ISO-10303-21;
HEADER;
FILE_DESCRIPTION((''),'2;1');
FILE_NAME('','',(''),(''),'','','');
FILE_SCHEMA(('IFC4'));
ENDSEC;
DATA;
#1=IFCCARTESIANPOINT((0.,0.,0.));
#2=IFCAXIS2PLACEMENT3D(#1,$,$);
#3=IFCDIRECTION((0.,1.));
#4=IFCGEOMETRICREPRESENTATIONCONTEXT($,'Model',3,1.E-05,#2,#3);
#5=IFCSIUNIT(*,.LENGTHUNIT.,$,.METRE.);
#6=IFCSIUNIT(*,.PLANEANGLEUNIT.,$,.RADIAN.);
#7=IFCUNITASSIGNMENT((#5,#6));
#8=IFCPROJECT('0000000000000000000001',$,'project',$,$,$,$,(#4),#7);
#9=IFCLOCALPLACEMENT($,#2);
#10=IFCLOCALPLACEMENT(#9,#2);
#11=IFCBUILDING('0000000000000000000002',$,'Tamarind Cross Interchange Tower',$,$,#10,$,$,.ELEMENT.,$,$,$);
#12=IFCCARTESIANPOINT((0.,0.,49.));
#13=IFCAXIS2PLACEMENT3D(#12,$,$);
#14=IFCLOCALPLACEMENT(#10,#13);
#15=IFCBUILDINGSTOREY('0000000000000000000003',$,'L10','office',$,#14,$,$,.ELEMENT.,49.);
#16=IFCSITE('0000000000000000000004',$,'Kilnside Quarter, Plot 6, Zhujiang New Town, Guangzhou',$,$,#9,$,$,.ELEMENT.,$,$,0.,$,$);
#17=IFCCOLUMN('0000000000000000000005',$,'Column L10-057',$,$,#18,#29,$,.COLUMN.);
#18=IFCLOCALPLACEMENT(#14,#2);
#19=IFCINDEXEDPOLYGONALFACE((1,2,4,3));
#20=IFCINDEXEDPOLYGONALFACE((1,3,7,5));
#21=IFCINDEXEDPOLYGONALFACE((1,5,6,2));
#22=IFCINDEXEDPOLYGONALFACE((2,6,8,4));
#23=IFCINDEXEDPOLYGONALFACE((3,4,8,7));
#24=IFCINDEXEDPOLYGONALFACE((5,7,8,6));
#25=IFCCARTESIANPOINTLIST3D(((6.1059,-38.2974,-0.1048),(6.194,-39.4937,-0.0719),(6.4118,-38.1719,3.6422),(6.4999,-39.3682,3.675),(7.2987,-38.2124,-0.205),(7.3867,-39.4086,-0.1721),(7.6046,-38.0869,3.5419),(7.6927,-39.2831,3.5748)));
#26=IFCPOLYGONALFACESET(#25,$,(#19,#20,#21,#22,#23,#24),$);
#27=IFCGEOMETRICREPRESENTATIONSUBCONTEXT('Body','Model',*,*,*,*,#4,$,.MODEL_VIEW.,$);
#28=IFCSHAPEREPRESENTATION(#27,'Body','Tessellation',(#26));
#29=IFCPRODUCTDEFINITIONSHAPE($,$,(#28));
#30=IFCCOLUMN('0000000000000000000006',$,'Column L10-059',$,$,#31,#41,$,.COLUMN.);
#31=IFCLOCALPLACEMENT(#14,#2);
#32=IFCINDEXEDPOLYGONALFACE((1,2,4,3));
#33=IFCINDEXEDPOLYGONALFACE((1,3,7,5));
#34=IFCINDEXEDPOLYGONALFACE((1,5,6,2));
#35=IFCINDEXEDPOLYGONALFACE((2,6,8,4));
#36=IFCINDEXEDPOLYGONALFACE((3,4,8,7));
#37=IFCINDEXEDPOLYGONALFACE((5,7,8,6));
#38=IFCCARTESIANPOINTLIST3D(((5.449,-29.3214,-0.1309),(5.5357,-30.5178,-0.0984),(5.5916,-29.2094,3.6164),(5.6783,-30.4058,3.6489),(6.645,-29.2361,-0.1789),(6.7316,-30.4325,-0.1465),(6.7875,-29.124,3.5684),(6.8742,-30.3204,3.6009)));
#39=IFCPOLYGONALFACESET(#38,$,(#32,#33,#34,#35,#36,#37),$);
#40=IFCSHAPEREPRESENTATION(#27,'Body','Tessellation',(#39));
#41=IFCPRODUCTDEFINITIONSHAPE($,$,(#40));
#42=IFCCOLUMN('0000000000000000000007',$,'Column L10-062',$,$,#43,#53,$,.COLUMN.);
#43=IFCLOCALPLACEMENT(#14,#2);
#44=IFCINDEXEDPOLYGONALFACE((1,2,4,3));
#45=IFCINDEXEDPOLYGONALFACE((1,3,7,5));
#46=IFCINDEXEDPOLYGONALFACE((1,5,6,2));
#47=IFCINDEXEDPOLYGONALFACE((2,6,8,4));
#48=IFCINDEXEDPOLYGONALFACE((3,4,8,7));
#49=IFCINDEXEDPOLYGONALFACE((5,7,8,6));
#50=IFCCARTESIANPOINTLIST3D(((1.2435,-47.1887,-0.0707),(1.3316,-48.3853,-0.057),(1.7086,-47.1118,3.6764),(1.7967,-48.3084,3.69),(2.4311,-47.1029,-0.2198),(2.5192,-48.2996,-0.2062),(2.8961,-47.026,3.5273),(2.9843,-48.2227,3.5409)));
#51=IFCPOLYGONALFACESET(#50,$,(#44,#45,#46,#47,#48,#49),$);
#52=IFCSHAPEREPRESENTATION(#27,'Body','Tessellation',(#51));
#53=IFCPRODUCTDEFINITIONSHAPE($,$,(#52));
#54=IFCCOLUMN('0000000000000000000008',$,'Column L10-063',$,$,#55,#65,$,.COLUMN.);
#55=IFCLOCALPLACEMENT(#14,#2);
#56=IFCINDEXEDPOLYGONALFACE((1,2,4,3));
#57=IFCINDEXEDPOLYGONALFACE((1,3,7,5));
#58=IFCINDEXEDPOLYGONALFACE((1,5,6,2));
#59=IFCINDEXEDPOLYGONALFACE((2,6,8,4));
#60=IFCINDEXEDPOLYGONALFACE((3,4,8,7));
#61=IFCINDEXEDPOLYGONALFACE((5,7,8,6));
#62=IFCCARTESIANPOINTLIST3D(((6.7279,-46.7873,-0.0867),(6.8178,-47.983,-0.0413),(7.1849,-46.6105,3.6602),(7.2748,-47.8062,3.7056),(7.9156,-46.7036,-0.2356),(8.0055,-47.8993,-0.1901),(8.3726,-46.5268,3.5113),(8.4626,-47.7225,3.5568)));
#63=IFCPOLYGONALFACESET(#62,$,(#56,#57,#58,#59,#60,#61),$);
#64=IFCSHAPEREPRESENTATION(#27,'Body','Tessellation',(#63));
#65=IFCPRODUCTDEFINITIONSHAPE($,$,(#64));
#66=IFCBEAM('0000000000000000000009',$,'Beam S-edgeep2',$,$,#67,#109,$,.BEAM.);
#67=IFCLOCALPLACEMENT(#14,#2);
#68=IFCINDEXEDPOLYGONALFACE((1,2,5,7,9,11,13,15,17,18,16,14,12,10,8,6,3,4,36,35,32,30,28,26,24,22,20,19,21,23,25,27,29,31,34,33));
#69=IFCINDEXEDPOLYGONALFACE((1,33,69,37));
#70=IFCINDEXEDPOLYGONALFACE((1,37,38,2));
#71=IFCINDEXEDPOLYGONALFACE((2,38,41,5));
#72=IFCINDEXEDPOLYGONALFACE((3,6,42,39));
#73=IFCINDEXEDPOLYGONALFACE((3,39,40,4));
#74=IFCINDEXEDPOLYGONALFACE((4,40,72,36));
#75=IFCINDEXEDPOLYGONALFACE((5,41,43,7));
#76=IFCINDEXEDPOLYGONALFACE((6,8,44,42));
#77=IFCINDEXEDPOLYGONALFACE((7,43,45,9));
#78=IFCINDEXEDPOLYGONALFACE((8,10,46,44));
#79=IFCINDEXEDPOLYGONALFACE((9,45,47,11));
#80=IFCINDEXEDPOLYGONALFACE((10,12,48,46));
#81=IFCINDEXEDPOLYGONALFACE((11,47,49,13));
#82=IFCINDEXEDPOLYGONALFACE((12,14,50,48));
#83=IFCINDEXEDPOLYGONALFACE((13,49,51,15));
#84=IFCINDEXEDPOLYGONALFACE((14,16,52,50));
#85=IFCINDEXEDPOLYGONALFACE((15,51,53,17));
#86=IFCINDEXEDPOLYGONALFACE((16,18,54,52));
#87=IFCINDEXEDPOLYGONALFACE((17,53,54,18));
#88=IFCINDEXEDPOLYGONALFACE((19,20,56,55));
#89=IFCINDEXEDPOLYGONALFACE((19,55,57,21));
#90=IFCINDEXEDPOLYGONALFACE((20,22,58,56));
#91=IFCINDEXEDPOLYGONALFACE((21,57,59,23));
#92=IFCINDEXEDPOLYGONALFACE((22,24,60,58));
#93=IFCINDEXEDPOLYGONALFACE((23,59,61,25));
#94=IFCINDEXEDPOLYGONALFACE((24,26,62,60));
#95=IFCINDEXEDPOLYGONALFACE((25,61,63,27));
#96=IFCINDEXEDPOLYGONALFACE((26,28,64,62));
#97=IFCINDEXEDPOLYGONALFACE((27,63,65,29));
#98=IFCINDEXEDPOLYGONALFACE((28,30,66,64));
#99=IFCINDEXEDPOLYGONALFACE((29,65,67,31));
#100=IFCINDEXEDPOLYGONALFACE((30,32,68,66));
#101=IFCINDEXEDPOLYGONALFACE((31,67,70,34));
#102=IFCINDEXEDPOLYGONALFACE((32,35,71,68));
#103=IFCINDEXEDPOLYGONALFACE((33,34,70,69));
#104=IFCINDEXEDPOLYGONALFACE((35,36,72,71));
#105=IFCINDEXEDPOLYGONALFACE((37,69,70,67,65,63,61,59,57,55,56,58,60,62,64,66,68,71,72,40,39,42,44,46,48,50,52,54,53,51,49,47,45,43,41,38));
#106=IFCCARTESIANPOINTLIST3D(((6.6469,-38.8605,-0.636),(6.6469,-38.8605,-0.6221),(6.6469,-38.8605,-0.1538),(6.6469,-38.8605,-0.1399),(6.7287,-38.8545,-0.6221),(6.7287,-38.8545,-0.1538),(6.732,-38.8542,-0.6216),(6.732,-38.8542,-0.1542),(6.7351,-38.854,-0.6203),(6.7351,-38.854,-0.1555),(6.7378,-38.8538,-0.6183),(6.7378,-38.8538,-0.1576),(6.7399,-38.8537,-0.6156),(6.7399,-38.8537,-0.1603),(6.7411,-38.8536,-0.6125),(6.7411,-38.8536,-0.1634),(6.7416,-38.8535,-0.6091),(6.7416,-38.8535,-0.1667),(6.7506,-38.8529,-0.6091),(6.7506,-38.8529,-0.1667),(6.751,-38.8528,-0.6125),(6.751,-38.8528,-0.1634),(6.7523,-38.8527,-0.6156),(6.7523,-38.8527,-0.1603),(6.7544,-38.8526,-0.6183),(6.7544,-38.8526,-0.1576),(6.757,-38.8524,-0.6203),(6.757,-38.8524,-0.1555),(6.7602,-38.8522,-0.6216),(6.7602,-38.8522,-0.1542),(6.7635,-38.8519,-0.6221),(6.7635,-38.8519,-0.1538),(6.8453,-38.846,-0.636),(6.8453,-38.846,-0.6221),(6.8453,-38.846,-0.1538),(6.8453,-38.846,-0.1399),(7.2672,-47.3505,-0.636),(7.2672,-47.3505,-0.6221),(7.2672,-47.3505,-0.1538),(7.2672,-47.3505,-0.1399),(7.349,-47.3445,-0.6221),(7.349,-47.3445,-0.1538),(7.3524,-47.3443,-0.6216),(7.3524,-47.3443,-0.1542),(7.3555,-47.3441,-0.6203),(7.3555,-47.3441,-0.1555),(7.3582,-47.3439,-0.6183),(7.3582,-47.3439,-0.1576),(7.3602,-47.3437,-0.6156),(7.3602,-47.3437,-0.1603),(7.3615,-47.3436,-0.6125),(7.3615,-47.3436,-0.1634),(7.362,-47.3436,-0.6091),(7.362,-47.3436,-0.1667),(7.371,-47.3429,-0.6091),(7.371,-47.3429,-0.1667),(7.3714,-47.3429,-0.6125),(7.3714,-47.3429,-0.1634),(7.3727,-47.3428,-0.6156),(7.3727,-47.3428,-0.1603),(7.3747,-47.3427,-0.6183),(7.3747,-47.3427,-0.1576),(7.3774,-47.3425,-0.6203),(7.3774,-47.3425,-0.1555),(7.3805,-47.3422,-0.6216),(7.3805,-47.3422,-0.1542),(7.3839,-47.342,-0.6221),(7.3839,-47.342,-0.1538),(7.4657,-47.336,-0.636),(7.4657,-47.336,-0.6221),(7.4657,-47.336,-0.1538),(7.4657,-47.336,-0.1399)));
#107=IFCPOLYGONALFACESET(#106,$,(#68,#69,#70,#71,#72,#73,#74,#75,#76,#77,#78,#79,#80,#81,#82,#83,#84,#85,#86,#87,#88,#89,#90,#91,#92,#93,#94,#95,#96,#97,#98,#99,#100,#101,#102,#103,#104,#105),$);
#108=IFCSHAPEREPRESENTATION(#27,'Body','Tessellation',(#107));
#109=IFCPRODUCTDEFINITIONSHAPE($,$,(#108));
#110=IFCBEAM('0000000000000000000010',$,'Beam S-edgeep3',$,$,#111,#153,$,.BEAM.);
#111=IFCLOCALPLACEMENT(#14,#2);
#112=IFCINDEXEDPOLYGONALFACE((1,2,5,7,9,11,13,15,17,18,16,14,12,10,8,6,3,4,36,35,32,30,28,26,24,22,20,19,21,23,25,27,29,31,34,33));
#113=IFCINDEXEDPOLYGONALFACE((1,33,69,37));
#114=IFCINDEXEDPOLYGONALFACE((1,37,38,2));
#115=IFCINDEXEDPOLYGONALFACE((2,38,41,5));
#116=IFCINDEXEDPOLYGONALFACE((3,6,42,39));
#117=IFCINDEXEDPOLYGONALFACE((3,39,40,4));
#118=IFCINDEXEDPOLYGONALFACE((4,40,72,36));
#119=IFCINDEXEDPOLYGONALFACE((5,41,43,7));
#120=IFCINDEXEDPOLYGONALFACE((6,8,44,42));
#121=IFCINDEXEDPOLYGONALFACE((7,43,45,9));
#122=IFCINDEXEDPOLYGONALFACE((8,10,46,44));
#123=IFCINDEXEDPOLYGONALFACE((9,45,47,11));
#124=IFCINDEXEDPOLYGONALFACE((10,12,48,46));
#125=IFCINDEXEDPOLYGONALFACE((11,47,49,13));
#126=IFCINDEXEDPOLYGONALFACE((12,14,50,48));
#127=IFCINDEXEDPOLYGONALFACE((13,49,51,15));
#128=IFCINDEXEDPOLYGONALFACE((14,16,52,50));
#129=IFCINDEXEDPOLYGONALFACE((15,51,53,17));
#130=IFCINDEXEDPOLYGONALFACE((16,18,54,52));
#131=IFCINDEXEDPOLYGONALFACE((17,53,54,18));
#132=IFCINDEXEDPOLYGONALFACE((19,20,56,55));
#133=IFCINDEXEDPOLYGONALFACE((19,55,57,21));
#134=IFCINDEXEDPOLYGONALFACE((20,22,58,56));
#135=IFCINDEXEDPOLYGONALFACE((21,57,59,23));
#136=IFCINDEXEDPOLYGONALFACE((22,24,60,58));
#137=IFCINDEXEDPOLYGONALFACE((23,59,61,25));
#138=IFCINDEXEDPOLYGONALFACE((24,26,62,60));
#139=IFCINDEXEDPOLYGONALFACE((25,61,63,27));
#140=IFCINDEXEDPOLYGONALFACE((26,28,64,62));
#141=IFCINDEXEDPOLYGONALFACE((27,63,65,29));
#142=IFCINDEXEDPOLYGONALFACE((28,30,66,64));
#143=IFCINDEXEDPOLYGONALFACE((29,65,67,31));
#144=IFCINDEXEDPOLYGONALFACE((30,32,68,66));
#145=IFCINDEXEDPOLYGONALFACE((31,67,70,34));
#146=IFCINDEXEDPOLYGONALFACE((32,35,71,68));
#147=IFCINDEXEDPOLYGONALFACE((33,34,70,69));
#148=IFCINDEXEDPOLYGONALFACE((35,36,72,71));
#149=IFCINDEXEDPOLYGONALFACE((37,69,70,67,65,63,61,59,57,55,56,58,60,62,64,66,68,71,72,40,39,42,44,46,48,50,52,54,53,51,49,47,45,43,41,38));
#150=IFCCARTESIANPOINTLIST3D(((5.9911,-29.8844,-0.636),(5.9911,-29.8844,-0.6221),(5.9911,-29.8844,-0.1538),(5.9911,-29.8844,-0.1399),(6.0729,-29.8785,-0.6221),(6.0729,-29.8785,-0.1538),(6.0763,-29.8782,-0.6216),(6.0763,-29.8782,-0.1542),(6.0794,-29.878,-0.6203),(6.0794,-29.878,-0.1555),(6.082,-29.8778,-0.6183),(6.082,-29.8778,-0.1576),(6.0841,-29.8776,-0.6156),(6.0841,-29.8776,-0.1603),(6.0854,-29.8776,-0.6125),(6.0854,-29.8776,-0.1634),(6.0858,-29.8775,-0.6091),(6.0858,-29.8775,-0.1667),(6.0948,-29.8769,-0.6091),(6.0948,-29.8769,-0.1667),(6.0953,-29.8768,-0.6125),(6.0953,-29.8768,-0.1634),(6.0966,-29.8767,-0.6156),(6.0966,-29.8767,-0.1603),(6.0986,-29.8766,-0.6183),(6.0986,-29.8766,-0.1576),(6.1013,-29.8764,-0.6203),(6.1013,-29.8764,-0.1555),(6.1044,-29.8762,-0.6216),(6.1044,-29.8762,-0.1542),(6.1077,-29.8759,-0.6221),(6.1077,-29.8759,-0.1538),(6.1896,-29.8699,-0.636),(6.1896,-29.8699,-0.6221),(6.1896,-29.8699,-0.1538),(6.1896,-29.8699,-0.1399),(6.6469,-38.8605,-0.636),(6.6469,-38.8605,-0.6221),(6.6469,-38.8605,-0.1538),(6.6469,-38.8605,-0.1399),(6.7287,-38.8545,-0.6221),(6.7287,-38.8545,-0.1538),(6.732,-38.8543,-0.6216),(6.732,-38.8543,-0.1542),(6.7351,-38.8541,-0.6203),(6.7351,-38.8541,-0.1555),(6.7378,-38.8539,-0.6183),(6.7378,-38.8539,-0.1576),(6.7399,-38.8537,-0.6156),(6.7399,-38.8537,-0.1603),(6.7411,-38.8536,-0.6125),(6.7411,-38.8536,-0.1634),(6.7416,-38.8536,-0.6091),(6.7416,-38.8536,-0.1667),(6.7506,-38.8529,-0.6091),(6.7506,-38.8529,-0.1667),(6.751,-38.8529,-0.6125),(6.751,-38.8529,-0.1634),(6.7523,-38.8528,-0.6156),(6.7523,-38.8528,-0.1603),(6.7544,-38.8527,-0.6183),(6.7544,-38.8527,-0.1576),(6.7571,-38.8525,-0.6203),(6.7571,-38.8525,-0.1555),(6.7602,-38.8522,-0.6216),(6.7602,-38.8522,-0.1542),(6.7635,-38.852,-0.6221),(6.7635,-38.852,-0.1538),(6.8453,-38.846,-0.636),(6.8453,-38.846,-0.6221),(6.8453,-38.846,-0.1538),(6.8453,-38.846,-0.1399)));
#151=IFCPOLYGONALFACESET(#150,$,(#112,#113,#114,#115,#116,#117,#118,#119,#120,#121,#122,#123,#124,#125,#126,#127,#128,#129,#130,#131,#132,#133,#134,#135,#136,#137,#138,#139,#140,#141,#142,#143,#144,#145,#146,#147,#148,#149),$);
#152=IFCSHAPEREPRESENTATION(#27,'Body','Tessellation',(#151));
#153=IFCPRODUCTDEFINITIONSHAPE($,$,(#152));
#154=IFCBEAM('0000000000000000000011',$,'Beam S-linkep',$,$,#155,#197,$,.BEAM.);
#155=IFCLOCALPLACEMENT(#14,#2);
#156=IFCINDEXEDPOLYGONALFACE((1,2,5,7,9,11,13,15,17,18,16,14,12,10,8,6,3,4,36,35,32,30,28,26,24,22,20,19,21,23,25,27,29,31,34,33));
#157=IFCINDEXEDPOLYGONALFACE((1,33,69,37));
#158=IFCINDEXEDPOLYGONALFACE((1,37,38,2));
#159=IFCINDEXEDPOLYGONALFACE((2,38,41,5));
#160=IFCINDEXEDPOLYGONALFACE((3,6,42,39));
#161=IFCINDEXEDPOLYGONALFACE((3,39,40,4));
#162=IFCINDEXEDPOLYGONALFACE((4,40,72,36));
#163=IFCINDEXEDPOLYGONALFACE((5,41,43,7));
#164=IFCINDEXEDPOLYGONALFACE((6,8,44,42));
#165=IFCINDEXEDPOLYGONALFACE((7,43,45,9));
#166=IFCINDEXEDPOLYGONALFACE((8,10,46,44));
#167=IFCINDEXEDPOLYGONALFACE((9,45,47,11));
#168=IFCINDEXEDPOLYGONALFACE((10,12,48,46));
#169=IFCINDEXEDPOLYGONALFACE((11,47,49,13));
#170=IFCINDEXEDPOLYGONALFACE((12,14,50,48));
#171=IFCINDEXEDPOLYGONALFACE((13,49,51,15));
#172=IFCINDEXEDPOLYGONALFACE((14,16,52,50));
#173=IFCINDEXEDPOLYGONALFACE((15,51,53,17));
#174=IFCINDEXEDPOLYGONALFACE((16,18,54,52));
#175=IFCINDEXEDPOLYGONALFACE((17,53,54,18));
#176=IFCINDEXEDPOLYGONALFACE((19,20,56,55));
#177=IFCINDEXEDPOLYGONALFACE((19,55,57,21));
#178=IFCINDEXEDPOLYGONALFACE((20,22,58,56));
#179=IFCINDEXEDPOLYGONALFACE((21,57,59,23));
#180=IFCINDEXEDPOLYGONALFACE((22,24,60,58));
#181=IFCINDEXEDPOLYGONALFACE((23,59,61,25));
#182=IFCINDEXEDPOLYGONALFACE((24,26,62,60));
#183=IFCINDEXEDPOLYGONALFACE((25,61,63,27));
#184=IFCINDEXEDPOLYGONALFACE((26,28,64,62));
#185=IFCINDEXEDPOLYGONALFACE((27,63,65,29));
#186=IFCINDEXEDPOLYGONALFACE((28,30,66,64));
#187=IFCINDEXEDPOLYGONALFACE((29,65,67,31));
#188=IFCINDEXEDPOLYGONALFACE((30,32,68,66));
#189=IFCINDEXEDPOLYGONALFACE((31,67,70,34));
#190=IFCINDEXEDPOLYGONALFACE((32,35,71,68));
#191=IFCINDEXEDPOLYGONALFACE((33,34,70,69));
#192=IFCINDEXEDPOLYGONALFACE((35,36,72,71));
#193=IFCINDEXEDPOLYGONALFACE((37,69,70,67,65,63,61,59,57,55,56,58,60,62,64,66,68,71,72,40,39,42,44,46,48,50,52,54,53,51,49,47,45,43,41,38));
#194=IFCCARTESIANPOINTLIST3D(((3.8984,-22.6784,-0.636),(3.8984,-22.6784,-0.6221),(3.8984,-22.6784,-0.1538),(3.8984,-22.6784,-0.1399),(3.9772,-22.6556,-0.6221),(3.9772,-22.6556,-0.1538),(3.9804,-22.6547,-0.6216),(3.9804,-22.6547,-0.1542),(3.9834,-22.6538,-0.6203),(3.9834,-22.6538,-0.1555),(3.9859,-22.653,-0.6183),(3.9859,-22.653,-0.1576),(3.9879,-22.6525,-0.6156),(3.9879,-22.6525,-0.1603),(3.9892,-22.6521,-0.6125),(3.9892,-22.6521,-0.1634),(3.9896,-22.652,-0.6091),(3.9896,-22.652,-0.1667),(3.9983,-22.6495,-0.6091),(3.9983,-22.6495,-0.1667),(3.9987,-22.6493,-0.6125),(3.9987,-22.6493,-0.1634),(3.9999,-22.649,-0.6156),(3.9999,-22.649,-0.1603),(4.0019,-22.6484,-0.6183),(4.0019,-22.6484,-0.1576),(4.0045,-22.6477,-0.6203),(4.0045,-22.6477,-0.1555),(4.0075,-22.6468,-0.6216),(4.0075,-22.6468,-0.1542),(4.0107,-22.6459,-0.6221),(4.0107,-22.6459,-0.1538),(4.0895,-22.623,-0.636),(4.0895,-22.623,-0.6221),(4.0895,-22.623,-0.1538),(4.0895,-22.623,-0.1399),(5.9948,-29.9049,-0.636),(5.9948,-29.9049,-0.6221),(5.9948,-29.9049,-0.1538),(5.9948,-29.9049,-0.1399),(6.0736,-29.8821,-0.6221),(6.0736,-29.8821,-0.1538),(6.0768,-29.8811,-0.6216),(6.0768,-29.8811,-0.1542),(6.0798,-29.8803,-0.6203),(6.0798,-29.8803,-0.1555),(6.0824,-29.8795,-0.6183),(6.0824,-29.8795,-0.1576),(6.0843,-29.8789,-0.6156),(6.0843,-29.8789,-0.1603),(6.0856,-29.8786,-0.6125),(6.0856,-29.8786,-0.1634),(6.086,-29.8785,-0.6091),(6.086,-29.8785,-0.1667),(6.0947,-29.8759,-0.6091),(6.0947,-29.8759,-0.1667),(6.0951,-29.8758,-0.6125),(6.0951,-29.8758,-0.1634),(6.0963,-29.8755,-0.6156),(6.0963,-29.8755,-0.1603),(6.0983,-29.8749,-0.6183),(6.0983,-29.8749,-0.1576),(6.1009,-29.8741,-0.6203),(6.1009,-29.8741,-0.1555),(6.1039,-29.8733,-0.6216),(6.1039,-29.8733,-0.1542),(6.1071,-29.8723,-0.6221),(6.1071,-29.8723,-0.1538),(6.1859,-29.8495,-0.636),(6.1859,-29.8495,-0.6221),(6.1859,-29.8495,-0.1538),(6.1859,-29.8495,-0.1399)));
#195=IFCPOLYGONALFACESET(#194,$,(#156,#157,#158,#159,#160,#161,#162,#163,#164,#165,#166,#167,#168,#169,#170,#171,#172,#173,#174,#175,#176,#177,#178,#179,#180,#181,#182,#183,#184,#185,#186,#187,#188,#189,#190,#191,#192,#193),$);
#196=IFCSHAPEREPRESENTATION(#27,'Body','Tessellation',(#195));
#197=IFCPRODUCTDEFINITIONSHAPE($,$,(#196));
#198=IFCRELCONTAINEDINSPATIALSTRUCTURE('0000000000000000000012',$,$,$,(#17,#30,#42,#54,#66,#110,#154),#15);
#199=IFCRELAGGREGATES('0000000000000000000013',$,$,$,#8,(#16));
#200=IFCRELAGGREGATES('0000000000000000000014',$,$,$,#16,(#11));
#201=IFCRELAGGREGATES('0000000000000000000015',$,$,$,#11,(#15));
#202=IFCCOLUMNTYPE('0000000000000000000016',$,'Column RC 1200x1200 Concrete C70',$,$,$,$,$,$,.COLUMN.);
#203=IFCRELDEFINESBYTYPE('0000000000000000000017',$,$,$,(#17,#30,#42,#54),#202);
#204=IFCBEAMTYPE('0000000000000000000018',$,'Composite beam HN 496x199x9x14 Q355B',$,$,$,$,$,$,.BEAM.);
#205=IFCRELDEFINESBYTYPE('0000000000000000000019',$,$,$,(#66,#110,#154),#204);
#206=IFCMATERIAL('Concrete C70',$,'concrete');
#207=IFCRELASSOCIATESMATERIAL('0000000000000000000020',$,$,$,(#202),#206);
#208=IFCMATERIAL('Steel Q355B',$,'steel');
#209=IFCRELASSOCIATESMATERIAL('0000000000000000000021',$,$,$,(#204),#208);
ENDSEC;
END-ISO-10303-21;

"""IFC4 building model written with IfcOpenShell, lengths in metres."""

from ifc_helpers import new_model, si_unit, direction, frame, origin, origin_2d, place, context, subcontext, project, spatial, rectangle, i_section, extrude, material, material_profile, profile_set, type_object, element, save


model = new_model("IFC4")

# Units and contexts
model_context = context("Model", 3, precision=1e-05, world=origin(), true_north=direction((0.0, 1.0)))
body_context = subcontext(model_context, "Body", "Model", "MODEL_VIEW")
ifc_project = project(units=[si_unit("LENGTHUNIT", "METRE"), si_unit("PLANEANGLEUNIT", "RADIAN")], contexts=[model_context])

# Site, building, storey
site_placement = place(None, origin())
site = spatial("IfcSite", under=ifc_project, at=site_placement, Name="Kilnside Quarter, Plot 6, Zhujiang New Town, Guangzhou", CompositionType="ELEMENT", RefElevation=0.0)
building_placement = place(site_placement, origin())
building = spatial("IfcBuilding", under=site, at=building_placement, Name="Tamarind Cross Interchange Tower", CompositionType="ELEMENT")
storey_placement = place(building_placement, frame((0.0, 0.0, 49.0)))
storey = spatial("IfcBuildingStorey", under=building, at=storey_placement, Name="L10", Description="office", CompositionType="ELEMENT", Elevation=49.0)

# Columns
ifc_material_1 = material(Name="Concrete C70", Category="concrete")
ifc_material_profile_1 = material_profile(ifc_material_1, rectangle(XDim=1.2, YDim=1.2, at=origin_2d()), Name="RC 1200x1200")
ifc_profile_set_1 = profile_set([ifc_material_profile_1], Name="Concrete C70")
column_type = type_object("IfcColumnType", Name="Column RC 1200x1200 Concrete C70", PredefinedType="COLUMN", material=ifc_profile_set_1)
column_1_placement = place(storey_placement, frame((6.7463, -38.853, -0.1384), z_axis=(0.081329, 0.033362, 0.996129), x_axis=(-0.993981, -0.070891, 0.083527)))
element("IfcColumn", 1, at=column_1_placement, inside=storey, type_object=column_type, Name="Column L10-057", PredefinedType="COLUMN", context=body_context, shape_type="SweptSolid", body=[
    extrude(rectangle(XDim=1.2, YDim=1.2, at=origin_2d()), origin(), (0.0, 0.0, 1.0), 3.7615),
])
column_2_placement = place(storey_placement, frame((6.0903, -29.877, -0.1387), z_axis=(0.038004, 0.029869, 0.998831), x_axis=(-0.996663, -0.071126, 0.040048)))
element("IfcColumn", 2, at=column_2_placement, inside=storey, type_object=column_type, Name="Column L10-059", PredefinedType="COLUMN", context=body_context, shape_type="SweptSolid", body=[
    extrude(rectangle(XDim=1.2, YDim=1.2, at=origin_2d()), origin(), (0.0, 0.0, 1.0), 3.7517),
])
column_3_placement = place(storey_placement, frame((1.8813, -47.7441, -0.1384), z_axis=(0.12315, 0.020363, 0.992179), x_axis=(-0.989666, -0.071477, 0.124305)))
element("IfcColumn", 3, at=column_3_placement, inside=storey, type_object=column_type, Name="Column L10-062", PredefinedType="COLUMN", context=body_context, shape_type="SweptSolid", body=[
    extrude(rectangle(XDim=1.2, YDim=1.2, at=origin_2d()), origin(), (0.0, 0.0, 1.0), 3.7766),
])
column_4_placement = place(storey_placement, frame((7.3667, -47.3433, -0.1384), z_axis=(0.120948, 0.046777, 0.991556), x_axis=(-0.989825, -0.069746, 0.124027)))
element("IfcColumn", 4, at=column_4_placement, inside=storey, type_object=column_type, Name="Column L10-063", PredefinedType="COLUMN", context=body_context, shape_type="SweptSolid", body=[
    extrude(rectangle(XDim=1.2, YDim=1.2, at=origin_2d()), origin(), (0.0, 0.0, 1.0), 3.7788),
])

# Beams
ifc_material_2 = material(Name="Steel Q355B", Category="steel")
ifc_material_profile_2 = material_profile(ifc_material_2, i_section(OverallWidth=0.199, OverallDepth=0.4961, WebThickness=0.009, FlangeThickness=0.0139, FilletRadius=0.0129, at=origin_2d()), Name="HN 496x199x9x14")
ifc_profile_set_2 = profile_set([ifc_material_profile_2], Name="Steel Q355B")
beam_type_1 = type_object("IfcBeamType", Name="Composite beam HN 496x199x9x14 Q355B", PredefinedType="BEAM", material=ifc_profile_set_2)
beam_1_placement = place(storey_placement, frame((7.3665, -47.3433, -0.3879), z_axis=(-0.072875, 0.997341, 0.0), x_axis=(-0.997341, -0.072875, 0.0)))
element("IfcBeam", 5, at=beam_1_placement, inside=storey, type_object=beam_type_1, Name="Beam S-edgeep2", PredefinedType="BEAM", context=body_context, shape_type="SweptSolid", body=[
    extrude(i_section(OverallWidth=0.199, OverallDepth=0.4961, WebThickness=0.009, FlangeThickness=0.0139, FilletRadius=0.0129, at=origin_2d()), origin(), (0.0, 0.0, 1.0), 8.5127),
])
beam_2_placement = place(storey_placement, frame((6.7461, -38.8533, -0.3879), z_axis=(-0.072862, 0.997342, 0.0), x_axis=(-0.997342, -0.072862, 0.0)))
element("IfcBeam", 6, at=beam_2_placement, inside=storey, type_object=beam_type_1, Name="Beam S-edgeep3", PredefinedType="BEAM", context=body_context, shape_type="SweptSolid", body=[
    extrude(i_section(OverallWidth=0.199, OverallDepth=0.4961, WebThickness=0.009, FlangeThickness=0.0139, FilletRadius=0.0129, at=origin_2d()), origin(), (0.0, 0.0, 1.0), 9.0),
])
beam_3_placement = place(storey_placement, frame((6.0903, -29.8772, -0.3879), z_axis=(-0.278614, 0.960403, 0.0), x_axis=(-0.960403, -0.278614, 0.0)))
element("IfcBeam", 7, at=beam_3_placement, inside=storey, type_object=beam_type_1, Name="Beam S-linkep", PredefinedType="BEAM", context=body_context, shape_type="SweptSolid", body=[
    extrude(i_section(OverallWidth=0.199, OverallDepth=0.4961, WebThickness=0.009, FlangeThickness=0.0139, FilletRadius=0.0129, at=origin_2d()), origin(), (0.0, 0.0, 1.0), 7.5244),
])

save(model, "model.ifc")
